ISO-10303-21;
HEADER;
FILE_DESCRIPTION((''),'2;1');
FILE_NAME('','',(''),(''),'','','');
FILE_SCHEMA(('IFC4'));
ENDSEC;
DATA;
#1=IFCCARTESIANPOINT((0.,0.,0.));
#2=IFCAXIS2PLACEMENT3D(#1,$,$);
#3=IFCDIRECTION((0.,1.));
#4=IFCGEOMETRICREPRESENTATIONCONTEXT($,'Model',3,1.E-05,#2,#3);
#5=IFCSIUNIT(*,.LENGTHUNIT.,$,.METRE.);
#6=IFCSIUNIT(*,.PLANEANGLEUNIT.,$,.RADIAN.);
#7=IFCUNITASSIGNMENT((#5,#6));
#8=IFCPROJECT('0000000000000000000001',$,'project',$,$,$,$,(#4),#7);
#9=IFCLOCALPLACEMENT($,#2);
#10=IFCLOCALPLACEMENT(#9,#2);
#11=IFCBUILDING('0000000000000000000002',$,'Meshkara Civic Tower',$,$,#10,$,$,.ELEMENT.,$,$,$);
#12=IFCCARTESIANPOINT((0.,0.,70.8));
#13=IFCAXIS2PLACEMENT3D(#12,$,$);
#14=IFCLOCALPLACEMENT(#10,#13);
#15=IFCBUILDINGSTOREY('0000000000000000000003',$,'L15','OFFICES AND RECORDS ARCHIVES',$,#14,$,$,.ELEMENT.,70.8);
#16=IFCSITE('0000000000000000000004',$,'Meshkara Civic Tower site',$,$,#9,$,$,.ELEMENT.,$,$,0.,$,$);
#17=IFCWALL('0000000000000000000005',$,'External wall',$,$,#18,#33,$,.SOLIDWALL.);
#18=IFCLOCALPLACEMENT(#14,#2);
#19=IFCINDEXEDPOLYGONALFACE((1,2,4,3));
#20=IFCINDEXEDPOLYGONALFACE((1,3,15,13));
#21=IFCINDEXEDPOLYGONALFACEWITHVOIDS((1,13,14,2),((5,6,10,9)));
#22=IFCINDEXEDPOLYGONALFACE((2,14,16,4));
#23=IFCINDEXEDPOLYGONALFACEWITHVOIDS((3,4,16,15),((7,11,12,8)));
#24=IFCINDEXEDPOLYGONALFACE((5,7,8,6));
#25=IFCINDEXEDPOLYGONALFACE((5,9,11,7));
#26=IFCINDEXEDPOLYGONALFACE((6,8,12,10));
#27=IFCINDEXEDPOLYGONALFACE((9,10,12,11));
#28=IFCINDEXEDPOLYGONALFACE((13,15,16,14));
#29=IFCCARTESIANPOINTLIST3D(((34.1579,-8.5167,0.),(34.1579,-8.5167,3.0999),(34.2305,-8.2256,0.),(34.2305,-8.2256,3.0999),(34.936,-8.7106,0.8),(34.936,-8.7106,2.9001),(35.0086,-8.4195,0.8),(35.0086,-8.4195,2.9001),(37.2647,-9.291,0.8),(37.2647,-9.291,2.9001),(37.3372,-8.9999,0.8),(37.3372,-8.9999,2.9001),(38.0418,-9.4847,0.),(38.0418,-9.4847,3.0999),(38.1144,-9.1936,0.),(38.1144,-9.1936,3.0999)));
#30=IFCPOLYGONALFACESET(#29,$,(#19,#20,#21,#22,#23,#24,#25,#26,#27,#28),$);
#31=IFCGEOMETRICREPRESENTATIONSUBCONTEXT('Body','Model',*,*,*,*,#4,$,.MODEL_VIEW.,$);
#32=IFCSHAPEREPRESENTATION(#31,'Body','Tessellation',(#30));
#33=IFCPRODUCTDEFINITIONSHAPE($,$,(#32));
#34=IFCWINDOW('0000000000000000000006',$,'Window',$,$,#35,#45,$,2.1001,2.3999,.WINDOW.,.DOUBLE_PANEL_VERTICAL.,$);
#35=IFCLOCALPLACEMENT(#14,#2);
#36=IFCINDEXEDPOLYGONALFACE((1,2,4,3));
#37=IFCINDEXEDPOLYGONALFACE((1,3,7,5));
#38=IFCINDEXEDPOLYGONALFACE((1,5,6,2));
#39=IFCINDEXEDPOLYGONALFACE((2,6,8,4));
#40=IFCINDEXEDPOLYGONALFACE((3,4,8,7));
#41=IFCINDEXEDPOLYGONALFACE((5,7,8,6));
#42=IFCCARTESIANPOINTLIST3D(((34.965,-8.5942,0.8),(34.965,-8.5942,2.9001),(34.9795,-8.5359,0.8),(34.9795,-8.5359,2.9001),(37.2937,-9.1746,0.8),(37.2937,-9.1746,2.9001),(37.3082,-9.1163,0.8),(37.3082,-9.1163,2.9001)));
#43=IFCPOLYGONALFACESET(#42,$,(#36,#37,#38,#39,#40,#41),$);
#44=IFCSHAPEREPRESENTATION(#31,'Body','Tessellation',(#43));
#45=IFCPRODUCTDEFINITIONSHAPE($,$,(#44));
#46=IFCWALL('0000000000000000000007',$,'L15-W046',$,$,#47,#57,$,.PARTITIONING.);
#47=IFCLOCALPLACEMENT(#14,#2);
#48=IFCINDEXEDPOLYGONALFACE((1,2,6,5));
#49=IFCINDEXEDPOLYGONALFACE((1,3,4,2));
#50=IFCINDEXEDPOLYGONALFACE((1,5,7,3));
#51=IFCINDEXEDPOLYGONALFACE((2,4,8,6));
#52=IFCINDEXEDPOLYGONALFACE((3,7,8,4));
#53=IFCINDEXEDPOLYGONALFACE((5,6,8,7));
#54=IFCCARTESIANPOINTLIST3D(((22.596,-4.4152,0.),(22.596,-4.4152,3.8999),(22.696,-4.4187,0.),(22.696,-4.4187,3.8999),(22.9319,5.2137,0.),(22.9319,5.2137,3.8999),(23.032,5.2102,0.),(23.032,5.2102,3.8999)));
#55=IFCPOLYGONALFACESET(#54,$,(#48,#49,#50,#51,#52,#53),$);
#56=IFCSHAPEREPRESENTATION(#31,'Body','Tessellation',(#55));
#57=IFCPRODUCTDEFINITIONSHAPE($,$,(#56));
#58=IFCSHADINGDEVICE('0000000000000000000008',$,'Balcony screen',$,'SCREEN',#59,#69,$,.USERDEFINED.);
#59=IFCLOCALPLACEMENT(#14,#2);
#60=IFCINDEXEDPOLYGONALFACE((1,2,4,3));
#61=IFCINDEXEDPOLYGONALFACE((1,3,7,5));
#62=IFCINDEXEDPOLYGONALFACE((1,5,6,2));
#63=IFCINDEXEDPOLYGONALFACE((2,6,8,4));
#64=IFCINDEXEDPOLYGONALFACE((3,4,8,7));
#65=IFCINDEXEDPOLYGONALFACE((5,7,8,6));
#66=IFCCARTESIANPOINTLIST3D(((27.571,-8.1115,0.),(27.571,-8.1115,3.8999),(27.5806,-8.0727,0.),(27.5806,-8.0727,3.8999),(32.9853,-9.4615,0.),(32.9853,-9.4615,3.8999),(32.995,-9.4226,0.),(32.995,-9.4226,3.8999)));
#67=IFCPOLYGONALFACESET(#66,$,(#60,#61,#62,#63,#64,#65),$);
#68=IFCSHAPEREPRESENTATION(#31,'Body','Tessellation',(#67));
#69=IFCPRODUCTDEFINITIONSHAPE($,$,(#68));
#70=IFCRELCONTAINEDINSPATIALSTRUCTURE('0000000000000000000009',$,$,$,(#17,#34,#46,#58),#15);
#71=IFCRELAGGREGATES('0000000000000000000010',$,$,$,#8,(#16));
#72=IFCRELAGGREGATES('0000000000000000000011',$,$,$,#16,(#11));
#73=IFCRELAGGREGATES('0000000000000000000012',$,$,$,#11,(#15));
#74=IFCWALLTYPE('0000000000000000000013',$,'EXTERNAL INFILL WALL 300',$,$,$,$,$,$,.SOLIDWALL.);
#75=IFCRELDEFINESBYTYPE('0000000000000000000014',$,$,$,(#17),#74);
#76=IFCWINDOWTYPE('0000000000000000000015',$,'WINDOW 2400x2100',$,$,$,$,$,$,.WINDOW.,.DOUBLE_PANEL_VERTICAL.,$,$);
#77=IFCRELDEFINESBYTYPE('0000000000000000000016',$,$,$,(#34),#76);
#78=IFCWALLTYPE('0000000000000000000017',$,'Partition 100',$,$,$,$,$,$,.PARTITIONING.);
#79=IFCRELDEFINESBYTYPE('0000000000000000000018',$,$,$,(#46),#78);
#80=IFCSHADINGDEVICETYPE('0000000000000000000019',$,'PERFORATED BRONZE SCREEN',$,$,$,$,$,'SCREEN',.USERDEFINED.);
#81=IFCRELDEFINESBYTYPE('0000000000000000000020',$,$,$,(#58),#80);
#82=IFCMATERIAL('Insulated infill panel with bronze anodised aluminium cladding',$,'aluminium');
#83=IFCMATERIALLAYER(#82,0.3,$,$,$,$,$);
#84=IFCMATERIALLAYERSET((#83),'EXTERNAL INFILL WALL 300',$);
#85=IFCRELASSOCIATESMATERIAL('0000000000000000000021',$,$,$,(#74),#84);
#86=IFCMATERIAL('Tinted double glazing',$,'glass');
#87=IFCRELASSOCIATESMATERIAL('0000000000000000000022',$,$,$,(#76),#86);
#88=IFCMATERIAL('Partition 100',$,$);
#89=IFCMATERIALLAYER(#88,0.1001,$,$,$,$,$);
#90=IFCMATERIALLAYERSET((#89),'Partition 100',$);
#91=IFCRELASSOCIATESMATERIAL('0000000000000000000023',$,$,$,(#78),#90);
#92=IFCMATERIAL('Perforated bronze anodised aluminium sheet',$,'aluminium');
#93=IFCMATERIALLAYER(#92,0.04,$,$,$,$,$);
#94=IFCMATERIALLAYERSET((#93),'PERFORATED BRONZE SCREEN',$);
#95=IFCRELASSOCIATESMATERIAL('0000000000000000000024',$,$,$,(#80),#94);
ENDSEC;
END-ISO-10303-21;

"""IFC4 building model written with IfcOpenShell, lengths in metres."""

from ifc_helpers import new_model, si_unit, direction, frame, frame_2d, origin, origin_2d, place, context, subcontext, project, spatial, rectangle, extrude, material, layer, layer_set, type_object, element, fill, save


model = new_model("IFC4")

# Units and contexts
model_context = context("Model", 3, precision=1e-05, world=origin(), true_north=direction((0.0, 1.0)))
body_context = subcontext(model_context, "Body", "Model", "MODEL_VIEW")
ifc_project = project(units=[si_unit("LENGTHUNIT", "METRE"), si_unit("PLANEANGLEUNIT", "RADIAN")], contexts=[model_context])

# Site, building, storey
site_placement = place(None, origin())
site = spatial("IfcSite", under=ifc_project, at=site_placement, Name="Meshkara Civic Tower site", CompositionType="ELEMENT", RefElevation=0.0)
building_placement = place(site_placement, origin())
building = spatial("IfcBuilding", under=site, at=building_placement, Name="Meshkara Civic Tower", CompositionType="ELEMENT")
storey_placement = place(building_placement, frame((0.0, 0.0, 70.8)))
storey = spatial("IfcBuildingStorey", under=building, at=storey_placement, Name="L15", Description="OFFICES AND RECORDS ARCHIVES", CompositionType="ELEMENT", Elevation=70.8)

# Wall, opening, window
ifc_material_1 = material(Name="Insulated infill panel with bronze anodised aluminium cladding", Category="aluminium")
ifc_layer_1 = layer(ifc_material_1, 0.3)
ifc_layer_set_1 = layer_set([ifc_layer_1], Name="EXTERNAL INFILL WALL 300")
wall_type_1 = type_object("IfcWallType", Name="EXTERNAL INFILL WALL 300", PredefinedType="SOLIDWALL", material=ifc_layer_set_1)
ifc_material_2 = material(Name="Tinted double glazing", Category="glass")
window_type = type_object("IfcWindowType", Name="WINDOW 2400x2100", PartitioningType="DOUBLE_PANEL_VERTICAL", PredefinedType="WINDOW", material=ifc_material_2)
wall_1_placement = place(storey_placement, frame((34.1941, -8.3711, 0.0), z_axis=(0.0, 0.0, 1.0), x_axis=(0.970314, -0.241847, 0.0)))
wall_1 = element("IfcWall", 1, at=wall_1_placement, inside=storey, type_object=wall_type_1, Name="External wall", PredefinedType="SOLIDWALL", context=body_context, shape_type="SweptSolid", body=[
    extrude(rectangle(XDim=4.0027, YDim=0.3, at=frame_2d((2.0015, 0.0))), origin(), (0.0, 0.0, 1.0), 3.0999),
])
opening_1_placement = place(wall_1_placement, frame((0.802, 0.0, 0.8)))
opening_1 = element("IfcOpeningElement", 2, at=opening_1_placement, cuts=wall_1, PredefinedType="OPENING", context=body_context, shape_type="SweptSolid", body=[
    extrude(rectangle(XDim=2.3999, YDim=2.1001, at=frame_2d((1.2, 1.05))), frame((0.0, 0.1599, 0.0), z_axis=(0.0, -1.0, 0.0), x_axis=(1.0, 0.0, 0.0)), (0.0, 0.0, 1.0), 0.3201),
])
window_1_placement = place(opening_1_placement, origin())
window_1 = element("IfcWindow", 3, at=window_1_placement, inside=storey, type_object=window_type, Name="Window", OverallHeight=2.1001, OverallWidth=2.3999, PartitioningType="DOUBLE_PANEL_VERTICAL", PredefinedType="WINDOW", context=body_context, shape_type="SweptSolid", body=[
    extrude(rectangle(XDim=2.3999, YDim=2.1001, at=frame_2d((1.2, 1.05))), frame((0.0, 0.03, 0.0), z_axis=(0.0, -1.0, 0.0), x_axis=(1.0, 0.0, 0.0)), (0.0, 0.0, 1.0), 0.0601),
])
fill(opening_1, window_1)

# Wall
ifc_material_3 = material(Name="Partition 100")
ifc_layer_2 = layer(ifc_material_3, 0.1001)
ifc_layer_set_2 = layer_set([ifc_layer_2], Name="Partition 100")
wall_type_2 = type_object("IfcWallType", Name="Partition 100", PredefinedType="PARTITIONING", material=ifc_layer_set_2)
wall_2_placement = place(storey_placement, frame((22.646, -4.417, 0.0), z_axis=(0.0, 0.0, 1.0), x_axis=(0.034867, 0.999392, 0.0)))
element("IfcWall", 4, at=wall_2_placement, inside=storey, type_object=wall_type_2, Name="L15-W046", PredefinedType="PARTITIONING", context=body_context, shape_type="SweptSolid", body=[
    extrude(rectangle(XDim=9.6348, YDim=0.1001, at=frame_2d((4.8174, 0.0))), origin(), (0.0, 0.0, 1.0), 3.8999),
])

# Shading device
ifc_material_4 = material(Name="Perforated bronze anodised aluminium sheet", Category="aluminium")
ifc_layer_3 = layer(ifc_material_4, 0.04)
ifc_layer_set_3 = layer_set([ifc_layer_3], Name="PERFORATED BRONZE SCREEN")
shading_device_type = type_object("IfcShadingDeviceType", Name="PERFORATED BRONZE SCREEN", ElementType="SCREEN", PredefinedType="USERDEFINED", material=ifc_layer_set_3)
shading_device_placement = place(storey_placement, frame((30.283, -8.7671, 0.0), z_axis=(0.0, 0.0, 1.0), x_axis=(0.970296, -0.241922, 0.0)))
element("IfcShadingDevice", 5, at=shading_device_placement, inside=storey, type_object=shading_device_type, Name="Balcony screen", ObjectType="SCREEN", PredefinedType="USERDEFINED", context=body_context, shape_type="SweptSolid", body=[
    extrude(rectangle(XDim=5.5801, YDim=0.04, at=origin_2d()), origin(), (0.0, 0.0, 1.0), 3.8999),
])

save(model, "model.ifc")
